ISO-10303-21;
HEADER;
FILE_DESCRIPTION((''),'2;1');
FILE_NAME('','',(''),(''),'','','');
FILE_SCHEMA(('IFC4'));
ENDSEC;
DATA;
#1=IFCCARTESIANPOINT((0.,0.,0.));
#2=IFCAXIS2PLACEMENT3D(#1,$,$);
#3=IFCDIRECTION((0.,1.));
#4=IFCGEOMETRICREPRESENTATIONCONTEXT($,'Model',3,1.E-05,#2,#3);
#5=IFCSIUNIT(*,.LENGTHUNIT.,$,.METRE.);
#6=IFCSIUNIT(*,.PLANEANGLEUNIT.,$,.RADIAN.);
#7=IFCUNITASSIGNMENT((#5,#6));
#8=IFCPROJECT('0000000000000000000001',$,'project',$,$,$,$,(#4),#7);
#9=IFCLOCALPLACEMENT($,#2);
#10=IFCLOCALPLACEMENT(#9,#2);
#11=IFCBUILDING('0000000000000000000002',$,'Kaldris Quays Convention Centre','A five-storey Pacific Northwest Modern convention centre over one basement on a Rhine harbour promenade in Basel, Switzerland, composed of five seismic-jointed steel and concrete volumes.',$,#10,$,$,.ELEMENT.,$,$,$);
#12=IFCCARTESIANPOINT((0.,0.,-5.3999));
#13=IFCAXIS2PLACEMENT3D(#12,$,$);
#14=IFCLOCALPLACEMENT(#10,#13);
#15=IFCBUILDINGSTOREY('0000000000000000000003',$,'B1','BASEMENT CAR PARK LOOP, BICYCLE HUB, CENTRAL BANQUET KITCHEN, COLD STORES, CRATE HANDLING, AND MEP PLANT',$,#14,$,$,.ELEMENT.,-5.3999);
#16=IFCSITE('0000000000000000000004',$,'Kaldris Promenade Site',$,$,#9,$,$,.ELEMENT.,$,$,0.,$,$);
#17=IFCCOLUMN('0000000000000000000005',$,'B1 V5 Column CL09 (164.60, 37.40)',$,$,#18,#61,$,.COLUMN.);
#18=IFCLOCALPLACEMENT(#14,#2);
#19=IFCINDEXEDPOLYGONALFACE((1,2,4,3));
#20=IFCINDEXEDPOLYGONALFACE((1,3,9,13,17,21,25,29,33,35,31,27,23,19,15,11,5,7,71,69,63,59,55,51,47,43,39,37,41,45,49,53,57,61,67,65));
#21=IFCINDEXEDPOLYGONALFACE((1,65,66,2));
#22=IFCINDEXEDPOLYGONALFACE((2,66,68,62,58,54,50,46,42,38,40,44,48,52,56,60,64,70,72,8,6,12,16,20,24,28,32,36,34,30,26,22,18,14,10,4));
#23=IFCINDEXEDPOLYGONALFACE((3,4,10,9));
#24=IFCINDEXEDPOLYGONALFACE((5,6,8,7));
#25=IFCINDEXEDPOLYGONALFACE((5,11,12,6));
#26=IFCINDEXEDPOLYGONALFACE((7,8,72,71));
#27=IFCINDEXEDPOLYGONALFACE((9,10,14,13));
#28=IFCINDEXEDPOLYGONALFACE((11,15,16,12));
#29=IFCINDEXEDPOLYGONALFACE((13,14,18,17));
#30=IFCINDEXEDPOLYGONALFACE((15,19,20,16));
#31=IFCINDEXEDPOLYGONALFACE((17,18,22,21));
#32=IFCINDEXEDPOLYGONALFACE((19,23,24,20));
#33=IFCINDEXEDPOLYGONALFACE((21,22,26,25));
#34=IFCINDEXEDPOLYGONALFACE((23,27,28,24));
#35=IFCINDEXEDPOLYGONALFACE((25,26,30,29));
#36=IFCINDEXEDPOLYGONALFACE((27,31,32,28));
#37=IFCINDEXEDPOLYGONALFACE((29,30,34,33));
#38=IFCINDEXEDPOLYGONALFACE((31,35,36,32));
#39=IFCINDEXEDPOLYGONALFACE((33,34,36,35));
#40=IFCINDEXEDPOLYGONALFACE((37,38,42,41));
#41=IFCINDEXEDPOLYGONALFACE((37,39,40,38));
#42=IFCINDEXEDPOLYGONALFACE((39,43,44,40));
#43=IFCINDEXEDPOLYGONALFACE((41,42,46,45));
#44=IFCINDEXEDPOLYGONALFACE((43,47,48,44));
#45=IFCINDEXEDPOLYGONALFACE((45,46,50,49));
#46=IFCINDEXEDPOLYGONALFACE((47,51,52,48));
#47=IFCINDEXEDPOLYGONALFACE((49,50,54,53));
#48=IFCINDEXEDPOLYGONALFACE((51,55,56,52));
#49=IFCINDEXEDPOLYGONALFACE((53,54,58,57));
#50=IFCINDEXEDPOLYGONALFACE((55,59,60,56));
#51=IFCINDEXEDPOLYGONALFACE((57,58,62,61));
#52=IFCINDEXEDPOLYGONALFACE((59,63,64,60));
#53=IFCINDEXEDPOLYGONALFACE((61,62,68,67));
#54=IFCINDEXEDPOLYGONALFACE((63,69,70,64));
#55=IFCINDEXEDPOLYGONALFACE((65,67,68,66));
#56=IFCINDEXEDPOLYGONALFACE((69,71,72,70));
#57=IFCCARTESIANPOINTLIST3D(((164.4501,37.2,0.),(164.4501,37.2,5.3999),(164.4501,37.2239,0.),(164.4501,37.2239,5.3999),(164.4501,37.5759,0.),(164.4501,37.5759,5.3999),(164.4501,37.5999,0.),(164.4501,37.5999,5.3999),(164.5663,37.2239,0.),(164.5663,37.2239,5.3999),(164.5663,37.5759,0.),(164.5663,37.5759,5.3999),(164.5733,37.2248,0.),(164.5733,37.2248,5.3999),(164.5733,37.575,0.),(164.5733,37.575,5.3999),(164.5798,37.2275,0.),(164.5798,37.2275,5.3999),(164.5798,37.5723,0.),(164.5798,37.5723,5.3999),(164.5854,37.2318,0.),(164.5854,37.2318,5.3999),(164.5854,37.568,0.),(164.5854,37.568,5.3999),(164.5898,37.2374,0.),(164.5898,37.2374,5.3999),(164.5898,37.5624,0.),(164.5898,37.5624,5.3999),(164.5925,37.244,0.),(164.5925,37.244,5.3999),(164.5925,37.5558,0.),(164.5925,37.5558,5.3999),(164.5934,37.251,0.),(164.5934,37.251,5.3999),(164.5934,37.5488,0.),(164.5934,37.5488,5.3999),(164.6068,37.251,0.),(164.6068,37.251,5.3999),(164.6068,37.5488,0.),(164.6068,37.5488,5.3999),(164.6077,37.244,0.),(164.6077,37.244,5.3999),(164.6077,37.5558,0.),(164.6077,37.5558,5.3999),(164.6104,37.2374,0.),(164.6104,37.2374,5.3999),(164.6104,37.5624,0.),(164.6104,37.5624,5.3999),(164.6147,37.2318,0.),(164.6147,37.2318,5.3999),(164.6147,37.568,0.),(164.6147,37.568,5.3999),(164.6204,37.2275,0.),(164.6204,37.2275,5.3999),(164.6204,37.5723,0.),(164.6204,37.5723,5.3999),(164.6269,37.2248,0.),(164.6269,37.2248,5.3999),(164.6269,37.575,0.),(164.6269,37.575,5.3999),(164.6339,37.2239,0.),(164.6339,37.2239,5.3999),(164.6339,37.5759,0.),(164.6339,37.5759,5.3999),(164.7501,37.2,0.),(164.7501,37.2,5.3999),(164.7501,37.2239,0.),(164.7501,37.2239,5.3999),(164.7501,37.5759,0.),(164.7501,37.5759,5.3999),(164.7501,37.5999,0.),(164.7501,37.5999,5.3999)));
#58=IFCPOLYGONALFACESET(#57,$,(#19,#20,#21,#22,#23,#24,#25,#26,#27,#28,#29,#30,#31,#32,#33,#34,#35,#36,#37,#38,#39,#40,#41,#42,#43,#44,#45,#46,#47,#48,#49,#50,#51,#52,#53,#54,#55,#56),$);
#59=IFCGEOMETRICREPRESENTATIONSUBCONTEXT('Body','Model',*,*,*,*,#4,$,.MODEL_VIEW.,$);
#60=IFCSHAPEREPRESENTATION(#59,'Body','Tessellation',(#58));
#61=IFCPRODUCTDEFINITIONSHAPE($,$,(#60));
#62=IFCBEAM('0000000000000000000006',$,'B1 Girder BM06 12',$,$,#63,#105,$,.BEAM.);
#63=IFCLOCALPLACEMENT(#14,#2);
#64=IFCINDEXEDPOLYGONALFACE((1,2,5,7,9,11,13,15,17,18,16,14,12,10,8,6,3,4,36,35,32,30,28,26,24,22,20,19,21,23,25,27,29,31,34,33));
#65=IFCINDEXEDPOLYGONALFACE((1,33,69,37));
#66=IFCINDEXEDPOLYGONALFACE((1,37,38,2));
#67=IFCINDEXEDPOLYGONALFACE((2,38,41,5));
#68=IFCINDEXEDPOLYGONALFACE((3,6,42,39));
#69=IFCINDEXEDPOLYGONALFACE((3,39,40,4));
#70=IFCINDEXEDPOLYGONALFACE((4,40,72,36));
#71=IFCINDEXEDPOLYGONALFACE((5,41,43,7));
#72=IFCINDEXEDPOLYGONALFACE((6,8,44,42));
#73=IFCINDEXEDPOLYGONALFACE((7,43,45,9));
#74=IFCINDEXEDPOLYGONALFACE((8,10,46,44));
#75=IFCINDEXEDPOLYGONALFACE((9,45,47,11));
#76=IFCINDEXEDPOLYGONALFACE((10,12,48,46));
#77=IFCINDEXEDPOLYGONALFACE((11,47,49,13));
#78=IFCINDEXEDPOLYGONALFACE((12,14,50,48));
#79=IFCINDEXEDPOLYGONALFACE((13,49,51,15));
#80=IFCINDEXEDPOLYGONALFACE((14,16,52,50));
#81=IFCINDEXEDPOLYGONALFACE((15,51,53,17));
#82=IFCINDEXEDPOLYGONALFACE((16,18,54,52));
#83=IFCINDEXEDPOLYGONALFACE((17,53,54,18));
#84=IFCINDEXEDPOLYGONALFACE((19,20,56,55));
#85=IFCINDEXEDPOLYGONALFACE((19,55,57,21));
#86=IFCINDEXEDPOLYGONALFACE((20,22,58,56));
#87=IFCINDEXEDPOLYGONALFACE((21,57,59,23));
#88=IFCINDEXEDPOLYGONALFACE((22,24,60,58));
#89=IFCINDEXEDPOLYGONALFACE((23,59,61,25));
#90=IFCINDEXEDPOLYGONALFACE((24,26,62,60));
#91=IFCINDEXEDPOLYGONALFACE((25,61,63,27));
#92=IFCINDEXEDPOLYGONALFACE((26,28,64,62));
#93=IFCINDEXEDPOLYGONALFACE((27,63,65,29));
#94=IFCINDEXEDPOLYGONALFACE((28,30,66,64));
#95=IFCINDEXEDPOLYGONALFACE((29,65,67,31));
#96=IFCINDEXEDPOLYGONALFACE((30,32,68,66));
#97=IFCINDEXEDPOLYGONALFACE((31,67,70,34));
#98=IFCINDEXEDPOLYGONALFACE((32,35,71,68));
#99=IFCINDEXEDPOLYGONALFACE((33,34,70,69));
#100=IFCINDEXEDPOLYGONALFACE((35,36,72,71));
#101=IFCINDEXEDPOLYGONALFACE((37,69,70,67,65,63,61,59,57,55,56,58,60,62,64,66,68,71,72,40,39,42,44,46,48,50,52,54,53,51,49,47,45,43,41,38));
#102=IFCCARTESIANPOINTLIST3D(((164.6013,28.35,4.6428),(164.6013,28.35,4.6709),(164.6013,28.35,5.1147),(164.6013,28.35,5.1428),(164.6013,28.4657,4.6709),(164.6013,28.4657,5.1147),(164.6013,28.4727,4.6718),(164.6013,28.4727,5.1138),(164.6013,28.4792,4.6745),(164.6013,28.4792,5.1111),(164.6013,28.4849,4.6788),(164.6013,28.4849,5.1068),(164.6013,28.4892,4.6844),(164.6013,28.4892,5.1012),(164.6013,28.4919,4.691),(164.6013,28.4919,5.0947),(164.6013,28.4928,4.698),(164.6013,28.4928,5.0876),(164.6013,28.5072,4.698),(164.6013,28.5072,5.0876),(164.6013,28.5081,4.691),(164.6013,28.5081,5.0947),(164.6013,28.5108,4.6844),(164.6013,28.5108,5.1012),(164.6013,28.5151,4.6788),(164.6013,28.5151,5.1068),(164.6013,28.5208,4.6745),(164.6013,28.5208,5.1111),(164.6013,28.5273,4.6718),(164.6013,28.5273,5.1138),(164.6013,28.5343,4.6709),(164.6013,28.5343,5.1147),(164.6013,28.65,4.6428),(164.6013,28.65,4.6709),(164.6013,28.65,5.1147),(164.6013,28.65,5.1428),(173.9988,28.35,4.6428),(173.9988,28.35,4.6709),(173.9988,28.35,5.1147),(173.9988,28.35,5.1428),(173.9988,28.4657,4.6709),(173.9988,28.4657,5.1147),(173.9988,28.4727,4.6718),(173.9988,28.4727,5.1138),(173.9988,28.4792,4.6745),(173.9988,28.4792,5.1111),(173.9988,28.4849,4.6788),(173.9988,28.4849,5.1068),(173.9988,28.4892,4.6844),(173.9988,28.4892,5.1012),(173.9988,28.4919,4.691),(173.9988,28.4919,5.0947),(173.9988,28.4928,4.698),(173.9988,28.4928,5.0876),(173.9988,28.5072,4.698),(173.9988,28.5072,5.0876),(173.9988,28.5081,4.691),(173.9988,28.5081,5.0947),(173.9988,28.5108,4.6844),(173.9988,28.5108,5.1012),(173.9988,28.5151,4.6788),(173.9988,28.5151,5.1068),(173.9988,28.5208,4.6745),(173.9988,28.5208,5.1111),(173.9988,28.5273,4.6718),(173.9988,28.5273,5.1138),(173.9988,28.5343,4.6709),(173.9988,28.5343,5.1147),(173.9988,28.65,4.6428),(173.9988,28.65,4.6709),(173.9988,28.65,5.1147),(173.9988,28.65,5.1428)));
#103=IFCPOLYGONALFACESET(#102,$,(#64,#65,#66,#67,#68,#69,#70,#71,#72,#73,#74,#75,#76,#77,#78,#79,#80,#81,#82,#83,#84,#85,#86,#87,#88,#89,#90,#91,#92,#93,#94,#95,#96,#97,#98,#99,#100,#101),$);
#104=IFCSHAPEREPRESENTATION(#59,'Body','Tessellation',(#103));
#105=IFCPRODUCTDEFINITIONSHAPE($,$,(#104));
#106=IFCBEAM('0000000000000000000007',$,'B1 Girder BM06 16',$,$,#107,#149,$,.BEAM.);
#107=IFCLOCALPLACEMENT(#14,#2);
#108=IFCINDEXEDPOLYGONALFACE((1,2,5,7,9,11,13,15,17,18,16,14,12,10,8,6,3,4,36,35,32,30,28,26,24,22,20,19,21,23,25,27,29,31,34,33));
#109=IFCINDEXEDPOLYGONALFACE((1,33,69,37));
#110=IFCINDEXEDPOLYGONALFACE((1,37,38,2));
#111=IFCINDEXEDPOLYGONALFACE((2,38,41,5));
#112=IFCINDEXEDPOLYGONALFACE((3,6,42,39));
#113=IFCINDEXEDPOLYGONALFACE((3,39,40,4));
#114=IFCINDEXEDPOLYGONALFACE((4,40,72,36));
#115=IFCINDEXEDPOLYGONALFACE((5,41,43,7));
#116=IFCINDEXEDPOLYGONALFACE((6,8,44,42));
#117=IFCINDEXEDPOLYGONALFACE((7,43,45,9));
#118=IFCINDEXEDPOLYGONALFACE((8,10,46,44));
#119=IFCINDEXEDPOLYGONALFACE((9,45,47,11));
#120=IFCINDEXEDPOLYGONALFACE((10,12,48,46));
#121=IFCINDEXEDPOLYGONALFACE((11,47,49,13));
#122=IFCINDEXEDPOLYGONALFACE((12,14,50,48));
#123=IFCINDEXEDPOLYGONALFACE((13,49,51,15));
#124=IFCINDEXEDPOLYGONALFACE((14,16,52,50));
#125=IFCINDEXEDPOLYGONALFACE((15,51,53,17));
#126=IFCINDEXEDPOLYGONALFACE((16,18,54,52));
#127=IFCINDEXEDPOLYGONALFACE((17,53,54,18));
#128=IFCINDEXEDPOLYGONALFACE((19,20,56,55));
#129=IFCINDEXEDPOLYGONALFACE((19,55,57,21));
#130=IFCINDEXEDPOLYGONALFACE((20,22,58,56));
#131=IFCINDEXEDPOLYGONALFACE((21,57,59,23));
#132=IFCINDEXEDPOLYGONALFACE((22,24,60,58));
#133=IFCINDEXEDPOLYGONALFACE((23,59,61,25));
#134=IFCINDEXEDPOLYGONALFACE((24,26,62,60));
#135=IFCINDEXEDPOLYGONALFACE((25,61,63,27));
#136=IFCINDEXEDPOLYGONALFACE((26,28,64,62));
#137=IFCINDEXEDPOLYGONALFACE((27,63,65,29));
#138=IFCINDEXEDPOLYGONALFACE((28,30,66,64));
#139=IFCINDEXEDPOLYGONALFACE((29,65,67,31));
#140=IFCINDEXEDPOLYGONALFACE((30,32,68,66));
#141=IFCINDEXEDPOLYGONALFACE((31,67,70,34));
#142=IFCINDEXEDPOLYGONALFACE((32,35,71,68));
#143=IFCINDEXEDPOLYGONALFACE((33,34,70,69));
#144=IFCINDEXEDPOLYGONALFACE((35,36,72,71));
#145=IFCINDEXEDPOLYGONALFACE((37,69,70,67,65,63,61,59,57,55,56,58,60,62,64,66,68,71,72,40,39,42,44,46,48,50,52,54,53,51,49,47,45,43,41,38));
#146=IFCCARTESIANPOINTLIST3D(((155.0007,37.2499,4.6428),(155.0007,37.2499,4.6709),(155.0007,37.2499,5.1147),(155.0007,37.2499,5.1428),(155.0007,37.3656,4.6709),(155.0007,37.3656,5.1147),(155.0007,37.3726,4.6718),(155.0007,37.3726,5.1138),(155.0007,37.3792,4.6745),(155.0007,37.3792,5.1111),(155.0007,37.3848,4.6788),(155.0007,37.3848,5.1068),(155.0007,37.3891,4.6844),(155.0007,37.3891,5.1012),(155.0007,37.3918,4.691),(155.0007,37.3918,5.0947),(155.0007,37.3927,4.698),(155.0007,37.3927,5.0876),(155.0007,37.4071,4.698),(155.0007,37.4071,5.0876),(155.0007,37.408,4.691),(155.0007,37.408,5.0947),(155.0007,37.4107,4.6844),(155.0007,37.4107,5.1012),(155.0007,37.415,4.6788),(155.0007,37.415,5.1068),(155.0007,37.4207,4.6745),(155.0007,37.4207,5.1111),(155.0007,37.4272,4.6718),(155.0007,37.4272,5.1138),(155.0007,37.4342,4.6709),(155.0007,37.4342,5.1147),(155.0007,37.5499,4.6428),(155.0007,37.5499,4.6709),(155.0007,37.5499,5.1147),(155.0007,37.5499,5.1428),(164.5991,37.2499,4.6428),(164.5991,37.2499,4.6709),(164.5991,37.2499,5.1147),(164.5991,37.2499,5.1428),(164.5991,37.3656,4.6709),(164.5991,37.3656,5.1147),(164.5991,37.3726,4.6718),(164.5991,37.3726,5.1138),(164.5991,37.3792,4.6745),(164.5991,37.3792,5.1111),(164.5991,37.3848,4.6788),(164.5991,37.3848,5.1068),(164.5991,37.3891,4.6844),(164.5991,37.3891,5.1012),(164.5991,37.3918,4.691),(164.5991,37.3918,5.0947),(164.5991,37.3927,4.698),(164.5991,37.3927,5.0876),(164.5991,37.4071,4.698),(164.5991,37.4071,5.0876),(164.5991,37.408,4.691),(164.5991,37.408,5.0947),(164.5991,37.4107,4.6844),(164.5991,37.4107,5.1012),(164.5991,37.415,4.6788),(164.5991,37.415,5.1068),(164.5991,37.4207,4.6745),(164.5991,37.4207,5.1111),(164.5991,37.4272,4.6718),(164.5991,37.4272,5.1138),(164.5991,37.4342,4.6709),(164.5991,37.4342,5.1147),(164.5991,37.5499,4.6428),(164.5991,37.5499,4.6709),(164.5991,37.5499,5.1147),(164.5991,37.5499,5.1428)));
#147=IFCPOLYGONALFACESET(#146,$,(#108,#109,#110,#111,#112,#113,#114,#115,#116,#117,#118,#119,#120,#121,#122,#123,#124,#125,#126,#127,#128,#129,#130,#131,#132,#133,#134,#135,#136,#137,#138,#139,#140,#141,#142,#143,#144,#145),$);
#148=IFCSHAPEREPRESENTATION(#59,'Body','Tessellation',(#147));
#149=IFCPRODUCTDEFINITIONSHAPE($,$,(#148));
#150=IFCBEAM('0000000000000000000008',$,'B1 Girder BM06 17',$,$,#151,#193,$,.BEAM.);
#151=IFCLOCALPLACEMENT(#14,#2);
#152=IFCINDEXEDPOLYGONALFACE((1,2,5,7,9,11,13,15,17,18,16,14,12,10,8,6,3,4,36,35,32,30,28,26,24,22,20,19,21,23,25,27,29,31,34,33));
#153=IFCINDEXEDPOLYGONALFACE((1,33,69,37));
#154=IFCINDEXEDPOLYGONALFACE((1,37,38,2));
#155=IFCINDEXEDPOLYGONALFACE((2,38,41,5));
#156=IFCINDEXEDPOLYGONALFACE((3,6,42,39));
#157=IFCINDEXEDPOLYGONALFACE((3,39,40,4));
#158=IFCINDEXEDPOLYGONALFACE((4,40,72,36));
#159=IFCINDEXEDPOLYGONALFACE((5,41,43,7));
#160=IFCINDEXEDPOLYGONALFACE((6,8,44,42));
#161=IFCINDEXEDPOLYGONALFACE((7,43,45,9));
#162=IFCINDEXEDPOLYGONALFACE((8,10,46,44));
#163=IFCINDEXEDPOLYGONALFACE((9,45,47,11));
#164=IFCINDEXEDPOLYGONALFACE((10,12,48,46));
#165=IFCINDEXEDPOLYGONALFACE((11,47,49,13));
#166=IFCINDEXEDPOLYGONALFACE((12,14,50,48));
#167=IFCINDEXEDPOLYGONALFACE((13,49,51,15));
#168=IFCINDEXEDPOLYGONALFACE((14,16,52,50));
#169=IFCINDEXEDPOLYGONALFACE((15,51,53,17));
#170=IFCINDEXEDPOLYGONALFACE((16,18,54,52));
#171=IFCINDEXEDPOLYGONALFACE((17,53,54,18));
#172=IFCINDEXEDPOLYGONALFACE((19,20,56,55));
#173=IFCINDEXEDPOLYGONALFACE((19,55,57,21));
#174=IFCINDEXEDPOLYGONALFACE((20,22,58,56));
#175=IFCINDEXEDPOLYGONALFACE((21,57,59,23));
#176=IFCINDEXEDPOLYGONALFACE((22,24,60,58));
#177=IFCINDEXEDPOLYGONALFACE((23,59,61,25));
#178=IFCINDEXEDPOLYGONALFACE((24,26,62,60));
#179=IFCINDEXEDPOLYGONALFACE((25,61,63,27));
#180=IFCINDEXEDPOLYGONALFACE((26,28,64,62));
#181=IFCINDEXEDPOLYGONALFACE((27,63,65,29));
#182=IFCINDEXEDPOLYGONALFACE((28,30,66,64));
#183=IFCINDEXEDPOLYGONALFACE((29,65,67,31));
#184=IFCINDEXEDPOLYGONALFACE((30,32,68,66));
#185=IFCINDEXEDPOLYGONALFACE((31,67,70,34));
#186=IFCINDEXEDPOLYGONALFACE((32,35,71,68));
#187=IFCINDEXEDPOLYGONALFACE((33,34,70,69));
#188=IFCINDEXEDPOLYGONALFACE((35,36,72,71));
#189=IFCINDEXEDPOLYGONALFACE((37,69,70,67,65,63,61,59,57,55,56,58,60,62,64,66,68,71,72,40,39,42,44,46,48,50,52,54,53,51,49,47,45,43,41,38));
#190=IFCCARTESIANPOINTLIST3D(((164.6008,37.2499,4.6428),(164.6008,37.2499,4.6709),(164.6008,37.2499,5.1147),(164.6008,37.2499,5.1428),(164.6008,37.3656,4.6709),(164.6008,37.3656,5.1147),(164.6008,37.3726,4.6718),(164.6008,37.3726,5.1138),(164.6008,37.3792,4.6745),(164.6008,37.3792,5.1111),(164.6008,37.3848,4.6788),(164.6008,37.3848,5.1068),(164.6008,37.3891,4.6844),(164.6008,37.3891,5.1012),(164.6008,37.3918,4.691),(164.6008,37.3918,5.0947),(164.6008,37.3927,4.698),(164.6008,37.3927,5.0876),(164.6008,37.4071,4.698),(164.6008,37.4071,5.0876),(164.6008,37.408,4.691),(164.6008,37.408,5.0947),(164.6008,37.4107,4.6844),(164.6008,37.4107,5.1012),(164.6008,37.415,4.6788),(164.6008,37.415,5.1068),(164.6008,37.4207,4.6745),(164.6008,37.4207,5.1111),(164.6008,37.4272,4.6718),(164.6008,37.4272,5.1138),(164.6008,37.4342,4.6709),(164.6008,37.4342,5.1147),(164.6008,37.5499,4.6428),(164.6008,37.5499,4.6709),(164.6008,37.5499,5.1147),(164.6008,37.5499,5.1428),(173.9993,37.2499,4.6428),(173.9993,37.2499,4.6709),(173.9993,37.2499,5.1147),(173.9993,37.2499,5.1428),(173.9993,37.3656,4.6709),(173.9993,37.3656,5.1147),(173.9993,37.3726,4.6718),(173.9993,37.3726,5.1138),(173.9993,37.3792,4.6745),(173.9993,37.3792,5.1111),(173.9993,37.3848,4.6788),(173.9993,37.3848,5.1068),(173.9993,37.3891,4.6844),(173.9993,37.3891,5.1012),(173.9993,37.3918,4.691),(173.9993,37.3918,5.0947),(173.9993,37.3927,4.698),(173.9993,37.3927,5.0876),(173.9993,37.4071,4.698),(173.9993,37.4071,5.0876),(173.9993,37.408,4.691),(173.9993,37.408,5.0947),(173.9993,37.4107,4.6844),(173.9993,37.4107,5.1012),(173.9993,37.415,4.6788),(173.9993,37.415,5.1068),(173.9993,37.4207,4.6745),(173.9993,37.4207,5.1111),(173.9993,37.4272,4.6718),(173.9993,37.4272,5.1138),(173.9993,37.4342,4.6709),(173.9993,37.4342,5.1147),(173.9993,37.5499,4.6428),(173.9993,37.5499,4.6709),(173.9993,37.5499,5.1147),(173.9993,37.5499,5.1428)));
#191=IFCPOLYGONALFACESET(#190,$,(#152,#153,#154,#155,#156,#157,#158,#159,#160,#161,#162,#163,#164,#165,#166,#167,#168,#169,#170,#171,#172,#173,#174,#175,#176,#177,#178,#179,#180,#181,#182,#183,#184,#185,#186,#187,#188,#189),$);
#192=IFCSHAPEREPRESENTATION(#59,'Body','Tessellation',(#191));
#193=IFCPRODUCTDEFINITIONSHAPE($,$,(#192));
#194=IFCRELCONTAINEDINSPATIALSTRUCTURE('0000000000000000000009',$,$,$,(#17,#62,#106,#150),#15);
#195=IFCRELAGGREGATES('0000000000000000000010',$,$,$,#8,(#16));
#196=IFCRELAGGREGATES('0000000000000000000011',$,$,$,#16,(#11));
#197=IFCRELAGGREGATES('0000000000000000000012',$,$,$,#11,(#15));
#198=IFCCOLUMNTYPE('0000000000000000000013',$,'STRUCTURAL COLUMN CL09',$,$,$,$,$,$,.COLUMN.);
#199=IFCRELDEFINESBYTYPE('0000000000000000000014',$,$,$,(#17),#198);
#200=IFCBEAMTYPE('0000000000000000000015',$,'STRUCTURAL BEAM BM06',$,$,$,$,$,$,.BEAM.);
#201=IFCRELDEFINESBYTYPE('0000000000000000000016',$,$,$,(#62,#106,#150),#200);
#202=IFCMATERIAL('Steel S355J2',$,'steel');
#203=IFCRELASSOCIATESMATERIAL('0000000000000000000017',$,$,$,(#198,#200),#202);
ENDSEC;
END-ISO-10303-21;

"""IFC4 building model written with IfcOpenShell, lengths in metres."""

from ifc_helpers import new_model, si_unit, direction, frame, origin, origin_2d, place, context, subcontext, project, spatial, i_section, extrude, material, material_profile, profile_set, type_object, element, save


model = new_model("IFC4")

# Units and contexts
model_context = context("Model", 3, precision=1e-05, world=origin(), true_north=direction((0.0, 1.0)))
body_context = subcontext(model_context, "Body", "Model", "MODEL_VIEW")
ifc_project = project(units=[si_unit("LENGTHUNIT", "METRE"), si_unit("PLANEANGLEUNIT", "RADIAN")], contexts=[model_context])

# Site, building, storey
site_placement = place(None, origin())
site = spatial("IfcSite", under=ifc_project, at=site_placement, Name="Kaldris Promenade Site", CompositionType="ELEMENT", RefElevation=0.0)
building_placement = place(site_placement, origin())
building = spatial("IfcBuilding", under=site, at=building_placement, Name="Kaldris Quays Convention Centre", Description="A five-storey Pacific Northwest Modern convention centre over one basement on a Rhine harbour promenade in Basel, Switzerland, composed of five seismic-jointed steel and concrete volumes.", CompositionType="ELEMENT")
storey_placement = place(building_placement, frame((0.0, 0.0, -5.3999)))
storey = spatial("IfcBuildingStorey", under=building, at=storey_placement, Name="B1", Description="BASEMENT CAR PARK LOOP, BICYCLE HUB, CENTRAL BANQUET KITCHEN, COLD STORES, CRATE HANDLING, AND MEP PLANT", CompositionType="ELEMENT", Elevation=-5.3999)

# Column
ifc_material_1 = material(Name="Steel S355J2", Category="steel")
ifc_material_profile_1 = material_profile(ifc_material_1, i_section(OverallWidth=0.3, OverallDepth=0.3999, WebThickness=0.0134, FlangeThickness=0.0239, FilletRadius=0.0271, at=origin_2d()), Name="HEB 400")
ifc_profile_set_1 = profile_set([ifc_material_profile_1], Name="Steel S355J2")
column_type_1 = type_object("IfcColumnType", Name="STRUCTURAL COLUMN CL09", PredefinedType="COLUMN", material=ifc_profile_set_1)
for number, where, z_axis, x_axis, name in (
    (1, (164.6001, 37.3999, 0.0), (0.0, 0.0, 1.0), (1.0, 0.0, 0.0), "B1 V5 Column CL09 (164.60, 37.40)"),
):
    element("IfcColumn", number, at=place(storey_placement, frame(where, z_axis=z_axis, x_axis=x_axis)), inside=storey, type_object=column_type_1, Name=name, PredefinedType="COLUMN", context=body_context, shape_type="SweptSolid", body=[
        extrude(i_section(OverallWidth=0.3, OverallDepth=0.3999, WebThickness=0.0134, FlangeThickness=0.0239, FilletRadius=0.0271, at=origin_2d()), origin(), (0.0, 0.0, 1.0), 5.3999),
    ])

# Beams
ifc_material_profile_2 = material_profile(ifc_material_1, i_section(OverallWidth=0.3, OverallDepth=0.5, WebThickness=0.0144, FlangeThickness=0.0281, FilletRadius=0.0271, at=origin_2d()), Name="HEB 500")
ifc_profile_set_2 = profile_set([ifc_material_profile_2], Name="Steel S355J2")
beam_type_1 = type_object("IfcBeamType", Name="STRUCTURAL BEAM BM06", PredefinedType="BEAM", material=ifc_profile_set_2)
beam_1_placement = place(storey_placement, frame((164.6013, 28.5, 4.8928), z_axis=(1.0, 0.0, 0.0), x_axis=(0.0, 1.0, 0.0)))
element("IfcBeam", 2, at=beam_1_placement, inside=storey, type_object=beam_type_1, Name="B1 Girder BM06 12", PredefinedType="BEAM", context=body_context, shape_type="SweptSolid", body=[
    extrude(i_section(OverallWidth=0.3, OverallDepth=0.5, WebThickness=0.0144, FlangeThickness=0.0281, FilletRadius=0.0271, at=origin_2d()), origin(), (0.0, 0.0, 1.0), 9.3975),
])
beam_2_placement = place(storey_placement, frame((155.0007, 37.3999, 4.8928), z_axis=(1.0, 0.0, 0.0), x_axis=(0.0, 1.0, 0.0)))
element("IfcBeam", 3, at=beam_2_placement, inside=storey, type_object=beam_type_1, Name="B1 Girder BM06 16", PredefinedType="BEAM", context=body_context, shape_type="SweptSolid", body=[
    extrude(i_section(OverallWidth=0.3, OverallDepth=0.5, WebThickness=0.0144, FlangeThickness=0.0281, FilletRadius=0.0271, at=origin_2d()), origin(), (0.0, 0.0, 1.0), 9.5984),
])
beam_3_placement = place(storey_placement, frame((164.6008, 37.3999, 4.8928), z_axis=(1.0, 0.0, 0.0), x_axis=(0.0, 1.0, 0.0)))
element("IfcBeam", 4, at=beam_3_placement, inside=storey, type_object=beam_type_1, Name="B1 Girder BM06 17", PredefinedType="BEAM", context=body_context, shape_type="SweptSolid", body=[
    extrude(i_section(OverallWidth=0.3, OverallDepth=0.5, WebThickness=0.0144, FlangeThickness=0.0281, FilletRadius=0.0271, at=origin_2d()), origin(), (0.0, 0.0, 1.0), 9.3984),
])

save(model, "model.ifc")
